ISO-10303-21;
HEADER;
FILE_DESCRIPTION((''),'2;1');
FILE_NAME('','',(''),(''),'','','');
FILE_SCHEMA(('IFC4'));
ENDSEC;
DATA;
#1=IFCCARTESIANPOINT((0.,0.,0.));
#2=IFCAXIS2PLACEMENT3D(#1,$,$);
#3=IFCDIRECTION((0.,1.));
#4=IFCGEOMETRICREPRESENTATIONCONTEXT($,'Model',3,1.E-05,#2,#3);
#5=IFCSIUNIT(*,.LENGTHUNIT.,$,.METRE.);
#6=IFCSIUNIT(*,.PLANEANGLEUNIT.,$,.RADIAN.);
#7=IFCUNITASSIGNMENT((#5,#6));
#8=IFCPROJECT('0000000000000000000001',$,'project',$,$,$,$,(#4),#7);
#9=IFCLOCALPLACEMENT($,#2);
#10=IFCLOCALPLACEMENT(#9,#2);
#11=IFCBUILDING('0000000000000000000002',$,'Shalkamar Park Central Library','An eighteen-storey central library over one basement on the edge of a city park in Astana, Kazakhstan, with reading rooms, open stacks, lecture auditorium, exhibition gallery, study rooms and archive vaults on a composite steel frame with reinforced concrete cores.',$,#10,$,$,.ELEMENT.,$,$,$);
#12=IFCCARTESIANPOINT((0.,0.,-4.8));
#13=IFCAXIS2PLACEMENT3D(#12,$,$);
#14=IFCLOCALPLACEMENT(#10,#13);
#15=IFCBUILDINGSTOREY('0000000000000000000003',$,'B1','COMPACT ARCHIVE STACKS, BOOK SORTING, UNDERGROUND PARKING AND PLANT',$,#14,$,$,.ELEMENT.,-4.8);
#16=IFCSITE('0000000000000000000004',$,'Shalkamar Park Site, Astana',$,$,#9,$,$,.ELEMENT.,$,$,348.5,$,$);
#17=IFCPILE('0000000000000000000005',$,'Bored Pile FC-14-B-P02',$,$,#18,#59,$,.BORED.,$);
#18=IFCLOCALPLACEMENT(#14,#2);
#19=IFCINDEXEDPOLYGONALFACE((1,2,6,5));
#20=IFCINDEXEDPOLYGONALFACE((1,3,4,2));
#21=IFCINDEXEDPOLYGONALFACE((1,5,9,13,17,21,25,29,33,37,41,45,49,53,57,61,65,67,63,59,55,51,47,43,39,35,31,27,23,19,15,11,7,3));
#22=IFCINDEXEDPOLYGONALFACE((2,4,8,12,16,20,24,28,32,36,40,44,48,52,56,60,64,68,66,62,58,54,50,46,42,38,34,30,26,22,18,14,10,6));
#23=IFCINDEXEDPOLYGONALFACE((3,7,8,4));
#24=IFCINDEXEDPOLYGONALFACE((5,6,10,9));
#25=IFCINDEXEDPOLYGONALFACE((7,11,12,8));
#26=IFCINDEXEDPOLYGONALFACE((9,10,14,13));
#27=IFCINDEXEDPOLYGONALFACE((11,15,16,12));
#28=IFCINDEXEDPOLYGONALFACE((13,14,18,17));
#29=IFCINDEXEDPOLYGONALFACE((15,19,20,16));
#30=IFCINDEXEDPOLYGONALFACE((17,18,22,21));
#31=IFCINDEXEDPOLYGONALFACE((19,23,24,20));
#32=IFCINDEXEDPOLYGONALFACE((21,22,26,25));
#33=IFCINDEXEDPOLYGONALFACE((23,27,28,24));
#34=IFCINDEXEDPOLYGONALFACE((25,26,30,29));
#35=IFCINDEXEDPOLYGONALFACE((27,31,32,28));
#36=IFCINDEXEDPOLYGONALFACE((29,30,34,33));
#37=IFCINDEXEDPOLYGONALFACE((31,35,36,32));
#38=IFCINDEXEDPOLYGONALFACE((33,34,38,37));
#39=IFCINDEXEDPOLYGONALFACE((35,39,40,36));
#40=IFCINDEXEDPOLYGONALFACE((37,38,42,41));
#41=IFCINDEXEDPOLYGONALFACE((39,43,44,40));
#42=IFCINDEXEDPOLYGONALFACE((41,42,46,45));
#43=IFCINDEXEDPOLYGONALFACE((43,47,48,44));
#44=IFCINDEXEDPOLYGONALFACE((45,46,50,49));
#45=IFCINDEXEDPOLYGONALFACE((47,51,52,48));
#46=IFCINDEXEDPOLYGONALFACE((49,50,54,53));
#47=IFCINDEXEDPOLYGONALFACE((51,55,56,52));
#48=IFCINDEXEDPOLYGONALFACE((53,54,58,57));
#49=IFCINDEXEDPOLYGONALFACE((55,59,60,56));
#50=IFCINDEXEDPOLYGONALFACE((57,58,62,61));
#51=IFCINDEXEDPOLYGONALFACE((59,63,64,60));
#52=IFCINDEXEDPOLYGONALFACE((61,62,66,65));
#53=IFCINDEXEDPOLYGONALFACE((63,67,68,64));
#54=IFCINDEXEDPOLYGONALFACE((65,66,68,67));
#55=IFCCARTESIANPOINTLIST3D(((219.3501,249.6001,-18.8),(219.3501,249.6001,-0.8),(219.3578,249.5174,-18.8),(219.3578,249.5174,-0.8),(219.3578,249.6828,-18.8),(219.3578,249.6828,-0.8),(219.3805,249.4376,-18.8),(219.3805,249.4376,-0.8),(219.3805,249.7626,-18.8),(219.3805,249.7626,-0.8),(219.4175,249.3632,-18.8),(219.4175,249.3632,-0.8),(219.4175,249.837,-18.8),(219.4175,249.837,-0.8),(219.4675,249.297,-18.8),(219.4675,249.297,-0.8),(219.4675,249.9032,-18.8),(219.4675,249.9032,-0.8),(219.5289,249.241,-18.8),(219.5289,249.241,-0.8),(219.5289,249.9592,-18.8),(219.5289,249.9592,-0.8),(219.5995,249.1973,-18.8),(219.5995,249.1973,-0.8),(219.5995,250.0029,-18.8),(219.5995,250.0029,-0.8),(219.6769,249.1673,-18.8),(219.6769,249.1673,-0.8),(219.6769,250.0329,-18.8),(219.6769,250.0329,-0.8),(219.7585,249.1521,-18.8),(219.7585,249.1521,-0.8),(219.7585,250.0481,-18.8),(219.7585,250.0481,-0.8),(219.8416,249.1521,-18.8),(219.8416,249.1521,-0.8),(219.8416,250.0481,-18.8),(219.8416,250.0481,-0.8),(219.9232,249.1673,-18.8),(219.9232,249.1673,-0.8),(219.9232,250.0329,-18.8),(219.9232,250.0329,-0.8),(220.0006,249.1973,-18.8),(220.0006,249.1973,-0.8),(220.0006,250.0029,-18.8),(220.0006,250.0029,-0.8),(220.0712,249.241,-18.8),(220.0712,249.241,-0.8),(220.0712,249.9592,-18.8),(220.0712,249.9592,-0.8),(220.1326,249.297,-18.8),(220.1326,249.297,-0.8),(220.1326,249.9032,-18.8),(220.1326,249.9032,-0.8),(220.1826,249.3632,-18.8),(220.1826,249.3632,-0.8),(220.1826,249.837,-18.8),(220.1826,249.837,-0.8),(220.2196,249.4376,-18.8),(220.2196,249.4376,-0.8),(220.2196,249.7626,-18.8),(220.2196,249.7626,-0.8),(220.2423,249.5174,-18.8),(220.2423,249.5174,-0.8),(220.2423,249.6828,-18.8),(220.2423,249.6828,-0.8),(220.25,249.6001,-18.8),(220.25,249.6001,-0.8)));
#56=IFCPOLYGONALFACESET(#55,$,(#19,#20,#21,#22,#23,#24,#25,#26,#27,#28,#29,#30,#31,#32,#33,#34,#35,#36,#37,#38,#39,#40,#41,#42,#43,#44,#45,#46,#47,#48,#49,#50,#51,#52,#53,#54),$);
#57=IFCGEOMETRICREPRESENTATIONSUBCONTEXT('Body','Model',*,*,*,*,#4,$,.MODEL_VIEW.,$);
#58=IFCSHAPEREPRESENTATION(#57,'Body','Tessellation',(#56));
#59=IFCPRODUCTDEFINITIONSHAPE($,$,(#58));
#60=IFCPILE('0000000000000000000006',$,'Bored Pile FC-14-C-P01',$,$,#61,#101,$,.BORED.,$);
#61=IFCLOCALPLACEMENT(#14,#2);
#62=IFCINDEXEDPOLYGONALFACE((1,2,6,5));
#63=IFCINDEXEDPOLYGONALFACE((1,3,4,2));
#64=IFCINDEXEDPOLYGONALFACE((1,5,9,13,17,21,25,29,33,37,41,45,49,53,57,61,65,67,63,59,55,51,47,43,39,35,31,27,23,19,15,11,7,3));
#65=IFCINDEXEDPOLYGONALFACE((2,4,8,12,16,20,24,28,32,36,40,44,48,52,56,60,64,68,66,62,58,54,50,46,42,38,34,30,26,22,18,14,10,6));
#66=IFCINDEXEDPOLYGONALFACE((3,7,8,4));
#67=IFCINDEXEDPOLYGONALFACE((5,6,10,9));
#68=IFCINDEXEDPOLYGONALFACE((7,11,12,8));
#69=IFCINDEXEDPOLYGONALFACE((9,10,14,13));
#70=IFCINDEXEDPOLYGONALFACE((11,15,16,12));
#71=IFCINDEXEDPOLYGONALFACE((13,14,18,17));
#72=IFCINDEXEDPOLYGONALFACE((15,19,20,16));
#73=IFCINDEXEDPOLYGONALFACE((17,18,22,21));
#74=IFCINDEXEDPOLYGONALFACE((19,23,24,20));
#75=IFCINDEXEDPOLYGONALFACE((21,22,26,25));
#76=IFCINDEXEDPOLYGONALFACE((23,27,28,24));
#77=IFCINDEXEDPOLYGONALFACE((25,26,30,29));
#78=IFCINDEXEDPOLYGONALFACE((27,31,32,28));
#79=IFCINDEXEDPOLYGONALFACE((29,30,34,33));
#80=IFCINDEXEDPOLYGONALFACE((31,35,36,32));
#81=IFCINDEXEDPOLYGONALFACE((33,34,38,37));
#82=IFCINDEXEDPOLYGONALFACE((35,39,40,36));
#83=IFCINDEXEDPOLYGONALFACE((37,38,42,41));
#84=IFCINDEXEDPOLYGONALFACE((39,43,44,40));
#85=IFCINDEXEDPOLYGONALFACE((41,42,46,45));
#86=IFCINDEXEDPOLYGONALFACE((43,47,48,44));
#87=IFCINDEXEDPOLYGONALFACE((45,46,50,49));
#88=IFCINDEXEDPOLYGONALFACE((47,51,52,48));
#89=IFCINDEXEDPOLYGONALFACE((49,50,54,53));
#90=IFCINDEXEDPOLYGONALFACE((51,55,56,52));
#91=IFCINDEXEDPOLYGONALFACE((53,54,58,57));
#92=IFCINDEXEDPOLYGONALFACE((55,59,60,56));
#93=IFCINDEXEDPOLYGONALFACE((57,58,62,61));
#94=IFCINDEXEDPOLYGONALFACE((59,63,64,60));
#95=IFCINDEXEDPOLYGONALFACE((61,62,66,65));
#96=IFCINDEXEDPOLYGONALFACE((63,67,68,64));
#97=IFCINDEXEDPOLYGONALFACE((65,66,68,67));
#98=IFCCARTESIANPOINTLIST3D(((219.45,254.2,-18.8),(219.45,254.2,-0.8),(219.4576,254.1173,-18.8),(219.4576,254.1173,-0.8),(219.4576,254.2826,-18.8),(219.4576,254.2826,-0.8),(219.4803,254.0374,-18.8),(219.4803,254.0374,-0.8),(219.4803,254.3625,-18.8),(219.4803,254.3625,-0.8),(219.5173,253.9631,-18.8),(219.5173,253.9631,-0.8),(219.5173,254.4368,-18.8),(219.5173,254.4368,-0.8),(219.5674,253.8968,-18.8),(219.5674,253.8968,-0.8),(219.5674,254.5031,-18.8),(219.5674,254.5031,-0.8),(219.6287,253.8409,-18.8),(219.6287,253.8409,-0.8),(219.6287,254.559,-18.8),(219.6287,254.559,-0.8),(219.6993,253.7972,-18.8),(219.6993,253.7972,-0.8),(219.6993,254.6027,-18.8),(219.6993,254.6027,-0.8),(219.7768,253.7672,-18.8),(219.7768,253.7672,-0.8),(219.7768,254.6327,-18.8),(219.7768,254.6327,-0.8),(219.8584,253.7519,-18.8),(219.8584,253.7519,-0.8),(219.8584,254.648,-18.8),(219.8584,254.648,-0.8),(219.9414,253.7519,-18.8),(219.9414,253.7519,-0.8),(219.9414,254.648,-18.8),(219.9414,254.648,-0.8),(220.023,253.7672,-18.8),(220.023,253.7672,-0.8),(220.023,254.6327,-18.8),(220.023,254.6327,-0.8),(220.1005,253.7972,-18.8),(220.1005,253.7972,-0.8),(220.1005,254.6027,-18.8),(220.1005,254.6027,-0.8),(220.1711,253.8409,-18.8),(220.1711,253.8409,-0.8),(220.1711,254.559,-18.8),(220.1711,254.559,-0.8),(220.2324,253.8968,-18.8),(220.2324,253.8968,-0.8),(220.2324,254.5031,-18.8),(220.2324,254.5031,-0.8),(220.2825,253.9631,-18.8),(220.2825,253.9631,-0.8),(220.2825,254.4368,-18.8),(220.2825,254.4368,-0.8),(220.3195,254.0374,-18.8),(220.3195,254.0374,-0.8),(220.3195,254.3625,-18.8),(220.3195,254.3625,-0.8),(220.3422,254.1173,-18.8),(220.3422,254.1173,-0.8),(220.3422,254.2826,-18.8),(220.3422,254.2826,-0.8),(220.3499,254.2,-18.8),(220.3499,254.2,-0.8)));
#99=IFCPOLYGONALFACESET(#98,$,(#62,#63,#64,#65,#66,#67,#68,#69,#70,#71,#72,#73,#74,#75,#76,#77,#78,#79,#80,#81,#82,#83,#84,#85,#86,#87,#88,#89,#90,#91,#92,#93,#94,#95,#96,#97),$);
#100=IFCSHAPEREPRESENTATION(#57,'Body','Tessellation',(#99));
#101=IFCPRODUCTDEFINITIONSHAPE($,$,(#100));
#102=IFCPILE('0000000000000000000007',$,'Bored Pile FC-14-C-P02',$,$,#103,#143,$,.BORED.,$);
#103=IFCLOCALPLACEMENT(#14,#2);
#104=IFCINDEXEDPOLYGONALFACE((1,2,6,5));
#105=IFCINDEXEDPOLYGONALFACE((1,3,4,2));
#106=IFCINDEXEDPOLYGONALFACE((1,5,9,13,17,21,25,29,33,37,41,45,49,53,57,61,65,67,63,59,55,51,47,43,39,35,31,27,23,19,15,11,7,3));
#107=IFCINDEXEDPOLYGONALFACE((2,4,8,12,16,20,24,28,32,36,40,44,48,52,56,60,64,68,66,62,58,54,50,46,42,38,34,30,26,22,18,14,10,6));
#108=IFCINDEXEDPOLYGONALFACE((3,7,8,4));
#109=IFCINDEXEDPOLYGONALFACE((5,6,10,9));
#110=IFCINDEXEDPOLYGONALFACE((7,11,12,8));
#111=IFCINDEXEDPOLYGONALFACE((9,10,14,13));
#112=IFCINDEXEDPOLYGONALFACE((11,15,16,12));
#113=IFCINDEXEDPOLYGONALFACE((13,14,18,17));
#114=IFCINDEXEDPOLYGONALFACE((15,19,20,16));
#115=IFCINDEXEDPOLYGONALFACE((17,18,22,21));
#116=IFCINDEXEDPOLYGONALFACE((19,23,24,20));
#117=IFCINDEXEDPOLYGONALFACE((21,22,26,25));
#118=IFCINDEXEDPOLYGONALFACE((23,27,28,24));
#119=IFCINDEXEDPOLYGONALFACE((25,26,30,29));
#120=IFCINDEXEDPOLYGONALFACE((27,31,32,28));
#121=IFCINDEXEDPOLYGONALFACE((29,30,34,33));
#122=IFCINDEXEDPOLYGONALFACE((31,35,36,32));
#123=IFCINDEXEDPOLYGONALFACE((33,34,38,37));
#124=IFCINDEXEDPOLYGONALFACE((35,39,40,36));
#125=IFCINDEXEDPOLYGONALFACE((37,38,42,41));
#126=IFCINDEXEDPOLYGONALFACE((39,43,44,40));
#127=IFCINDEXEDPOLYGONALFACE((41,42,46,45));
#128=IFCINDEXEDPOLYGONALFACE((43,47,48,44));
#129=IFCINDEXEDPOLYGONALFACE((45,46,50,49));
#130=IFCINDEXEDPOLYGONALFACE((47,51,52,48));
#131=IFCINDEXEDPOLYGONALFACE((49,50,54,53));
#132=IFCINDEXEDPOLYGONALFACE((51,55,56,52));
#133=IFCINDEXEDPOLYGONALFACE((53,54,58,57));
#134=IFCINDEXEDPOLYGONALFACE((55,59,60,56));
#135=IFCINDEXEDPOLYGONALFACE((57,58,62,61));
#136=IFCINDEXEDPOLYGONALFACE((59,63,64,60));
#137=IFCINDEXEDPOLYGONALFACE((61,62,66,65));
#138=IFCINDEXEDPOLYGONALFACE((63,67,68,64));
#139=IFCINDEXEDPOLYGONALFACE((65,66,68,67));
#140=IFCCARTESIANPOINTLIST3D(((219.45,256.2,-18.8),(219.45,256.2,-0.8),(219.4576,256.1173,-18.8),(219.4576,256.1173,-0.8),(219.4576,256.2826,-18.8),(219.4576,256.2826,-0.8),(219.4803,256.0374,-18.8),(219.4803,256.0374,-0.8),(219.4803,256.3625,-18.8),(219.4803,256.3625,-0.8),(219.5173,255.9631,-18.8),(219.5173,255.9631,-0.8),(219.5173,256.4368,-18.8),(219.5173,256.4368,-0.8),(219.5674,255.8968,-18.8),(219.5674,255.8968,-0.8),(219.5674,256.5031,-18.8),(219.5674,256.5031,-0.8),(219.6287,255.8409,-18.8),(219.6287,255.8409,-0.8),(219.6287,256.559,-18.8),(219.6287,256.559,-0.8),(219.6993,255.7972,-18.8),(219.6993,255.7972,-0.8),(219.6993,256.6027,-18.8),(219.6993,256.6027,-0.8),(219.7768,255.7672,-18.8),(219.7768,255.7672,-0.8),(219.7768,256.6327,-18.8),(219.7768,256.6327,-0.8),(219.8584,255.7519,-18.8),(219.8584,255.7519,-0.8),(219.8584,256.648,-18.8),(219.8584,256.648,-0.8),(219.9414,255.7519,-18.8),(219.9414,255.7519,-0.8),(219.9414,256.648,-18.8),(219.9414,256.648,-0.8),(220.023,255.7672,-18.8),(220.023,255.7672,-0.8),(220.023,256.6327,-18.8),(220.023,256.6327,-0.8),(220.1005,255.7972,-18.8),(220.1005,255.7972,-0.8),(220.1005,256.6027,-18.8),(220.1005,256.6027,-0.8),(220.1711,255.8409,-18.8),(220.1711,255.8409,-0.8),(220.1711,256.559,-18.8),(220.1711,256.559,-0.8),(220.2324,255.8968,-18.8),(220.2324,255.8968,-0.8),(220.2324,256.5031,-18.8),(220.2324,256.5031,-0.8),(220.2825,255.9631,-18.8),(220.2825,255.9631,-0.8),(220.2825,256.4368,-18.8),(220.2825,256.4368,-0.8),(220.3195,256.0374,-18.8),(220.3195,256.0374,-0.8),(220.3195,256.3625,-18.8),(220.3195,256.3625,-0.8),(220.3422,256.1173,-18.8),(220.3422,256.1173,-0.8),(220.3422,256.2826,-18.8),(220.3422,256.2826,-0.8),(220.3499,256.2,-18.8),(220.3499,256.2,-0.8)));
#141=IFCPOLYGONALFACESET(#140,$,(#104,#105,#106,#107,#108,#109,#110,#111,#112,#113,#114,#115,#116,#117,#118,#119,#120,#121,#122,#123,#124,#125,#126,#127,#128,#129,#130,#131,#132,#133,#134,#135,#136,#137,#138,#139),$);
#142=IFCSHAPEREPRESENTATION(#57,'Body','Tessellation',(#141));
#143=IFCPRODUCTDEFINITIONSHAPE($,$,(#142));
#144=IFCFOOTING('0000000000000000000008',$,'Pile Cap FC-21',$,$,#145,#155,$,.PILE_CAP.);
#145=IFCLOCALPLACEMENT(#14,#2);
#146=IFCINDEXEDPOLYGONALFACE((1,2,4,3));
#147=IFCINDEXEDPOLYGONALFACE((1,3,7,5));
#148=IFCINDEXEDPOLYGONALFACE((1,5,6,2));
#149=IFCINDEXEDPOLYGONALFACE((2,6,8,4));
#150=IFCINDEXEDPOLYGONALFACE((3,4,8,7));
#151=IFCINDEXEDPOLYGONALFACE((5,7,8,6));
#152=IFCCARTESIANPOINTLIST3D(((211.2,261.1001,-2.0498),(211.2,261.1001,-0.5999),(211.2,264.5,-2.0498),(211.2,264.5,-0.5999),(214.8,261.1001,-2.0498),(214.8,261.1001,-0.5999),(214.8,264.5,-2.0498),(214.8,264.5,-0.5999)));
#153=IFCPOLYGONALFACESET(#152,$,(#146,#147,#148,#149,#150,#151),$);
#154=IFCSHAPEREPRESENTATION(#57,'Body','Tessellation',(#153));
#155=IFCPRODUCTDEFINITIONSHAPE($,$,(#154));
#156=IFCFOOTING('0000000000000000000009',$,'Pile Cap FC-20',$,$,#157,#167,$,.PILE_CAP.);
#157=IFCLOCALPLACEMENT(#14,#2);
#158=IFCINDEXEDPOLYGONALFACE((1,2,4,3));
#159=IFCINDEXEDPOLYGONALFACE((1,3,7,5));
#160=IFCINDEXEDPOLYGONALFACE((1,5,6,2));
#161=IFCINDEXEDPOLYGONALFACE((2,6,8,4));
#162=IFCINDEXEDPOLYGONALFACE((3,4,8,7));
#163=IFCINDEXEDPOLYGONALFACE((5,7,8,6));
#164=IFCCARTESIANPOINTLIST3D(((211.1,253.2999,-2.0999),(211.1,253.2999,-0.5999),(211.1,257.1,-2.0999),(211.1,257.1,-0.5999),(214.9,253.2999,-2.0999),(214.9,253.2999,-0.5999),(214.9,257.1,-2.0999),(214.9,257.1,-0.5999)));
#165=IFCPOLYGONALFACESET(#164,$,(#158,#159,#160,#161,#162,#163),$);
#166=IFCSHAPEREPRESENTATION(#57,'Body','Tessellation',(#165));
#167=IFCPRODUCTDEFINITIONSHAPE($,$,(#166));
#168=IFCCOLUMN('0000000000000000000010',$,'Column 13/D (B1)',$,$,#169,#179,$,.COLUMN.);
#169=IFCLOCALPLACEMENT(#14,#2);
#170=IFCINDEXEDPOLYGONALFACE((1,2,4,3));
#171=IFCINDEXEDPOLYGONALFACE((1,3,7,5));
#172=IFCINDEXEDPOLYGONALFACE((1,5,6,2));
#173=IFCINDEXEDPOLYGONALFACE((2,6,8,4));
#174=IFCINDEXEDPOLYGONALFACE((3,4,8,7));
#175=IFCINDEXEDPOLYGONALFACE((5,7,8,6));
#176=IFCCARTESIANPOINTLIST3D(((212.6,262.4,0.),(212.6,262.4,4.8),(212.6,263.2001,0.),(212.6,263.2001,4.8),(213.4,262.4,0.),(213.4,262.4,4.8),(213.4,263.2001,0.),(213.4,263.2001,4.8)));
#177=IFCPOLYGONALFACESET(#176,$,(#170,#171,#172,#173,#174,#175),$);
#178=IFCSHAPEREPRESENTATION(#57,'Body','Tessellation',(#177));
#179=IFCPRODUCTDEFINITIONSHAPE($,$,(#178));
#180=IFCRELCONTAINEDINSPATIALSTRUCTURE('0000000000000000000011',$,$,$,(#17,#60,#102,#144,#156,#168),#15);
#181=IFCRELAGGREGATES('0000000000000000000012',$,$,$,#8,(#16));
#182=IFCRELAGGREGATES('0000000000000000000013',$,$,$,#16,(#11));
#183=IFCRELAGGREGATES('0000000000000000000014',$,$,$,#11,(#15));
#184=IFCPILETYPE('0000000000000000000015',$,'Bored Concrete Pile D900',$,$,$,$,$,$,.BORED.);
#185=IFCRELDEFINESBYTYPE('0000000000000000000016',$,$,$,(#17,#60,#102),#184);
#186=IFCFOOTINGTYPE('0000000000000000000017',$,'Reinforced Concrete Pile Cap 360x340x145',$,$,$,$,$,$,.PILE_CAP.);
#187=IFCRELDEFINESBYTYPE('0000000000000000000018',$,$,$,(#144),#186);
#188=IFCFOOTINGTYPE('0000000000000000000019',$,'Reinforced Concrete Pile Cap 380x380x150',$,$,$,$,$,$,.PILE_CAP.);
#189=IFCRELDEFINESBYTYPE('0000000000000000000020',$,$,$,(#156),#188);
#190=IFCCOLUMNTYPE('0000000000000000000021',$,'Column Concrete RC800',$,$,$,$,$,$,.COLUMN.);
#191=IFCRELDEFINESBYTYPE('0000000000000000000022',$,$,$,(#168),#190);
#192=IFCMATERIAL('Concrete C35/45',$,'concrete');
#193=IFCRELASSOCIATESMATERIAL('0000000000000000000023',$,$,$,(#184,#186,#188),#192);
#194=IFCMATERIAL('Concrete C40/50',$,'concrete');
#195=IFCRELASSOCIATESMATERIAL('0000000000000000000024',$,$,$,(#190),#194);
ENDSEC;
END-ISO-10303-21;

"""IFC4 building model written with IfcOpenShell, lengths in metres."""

from ifc_helpers import new_model, si_unit, direction, frame, origin, origin_2d, place, context, subcontext, project, spatial, rectangle, circle, extrude, material, material_profile, profile_set, type_object, element, save


model = new_model("IFC4")

# Units and contexts
model_context = context("Model", 3, precision=1e-05, world=origin(), true_north=direction((0.0, 1.0)))
body_context = subcontext(model_context, "Body", "Model", "MODEL_VIEW")
ifc_project = project(units=[si_unit("LENGTHUNIT", "METRE"), si_unit("PLANEANGLEUNIT", "RADIAN")], contexts=[model_context])

# Site, building, storey
site_placement = place(None, origin())
site = spatial("IfcSite", under=ifc_project, at=site_placement, Name="Shalkamar Park Site, Astana", CompositionType="ELEMENT", RefElevation=348.5)
building_placement = place(site_placement, origin())
building = spatial("IfcBuilding", under=site, at=building_placement, Name="Shalkamar Park Central Library", Description="An eighteen-storey central library over one basement on the edge of a city park in Astana, Kazakhstan, with reading rooms, open stacks, lecture auditorium, exhibition gallery, study rooms and archive vaults on a composite steel frame with reinforced concrete cores.", CompositionType="ELEMENT")
storey_placement = place(building_placement, frame((0.0, 0.0, -4.8)))
storey = spatial("IfcBuildingStorey", under=building, at=storey_placement, Name="B1", Description="COMPACT ARCHIVE STACKS, BOOK SORTING, UNDERGROUND PARKING AND PLANT", CompositionType="ELEMENT", Elevation=-4.8)

# Piles
ifc_material_1 = material(Name="Concrete C35/45", Category="concrete")
ifc_material_profile_1 = material_profile(ifc_material_1, circle(Radius=0.45, at=origin_2d()), Name="PILE D900")
ifc_profile_set_1 = profile_set([ifc_material_profile_1], Name="Concrete C35/45")
pile_type_1 = type_object("IfcPileType", Name="Bored Concrete Pile D900", PredefinedType="BORED", material=ifc_profile_set_1)
for number, where, z_axis, x_axis, name in (
    (1, (219.8, 249.6001, -0.8), (0.0, 0.0, -1.0), (1.0, 0.0, 0.0), "Bored Pile FC-14-B-P02"),
    (2, (219.8999, 254.2, -0.8), (0.0, 0.0, -1.0), (1.0, 0.0, 0.0), "Bored Pile FC-14-C-P01"),
    (3, (219.8999, 256.2, -0.8), (0.0, 0.0, -1.0), (1.0, 0.0, 0.0), "Bored Pile FC-14-C-P02"),
):
    element("IfcPile", number, at=place(storey_placement, frame(where, z_axis=z_axis, x_axis=x_axis)), inside=storey, type_object=pile_type_1, Name=name, PredefinedType="BORED", context=body_context, shape_type="SweptSolid", body=[
        extrude(circle(Radius=0.45, at=origin_2d()), origin(), (0.0, 0.0, 1.0), 18.0),
    ])

# Footings
footing_type_1 = type_object("IfcFootingType", Name="Reinforced Concrete Pile Cap 360x340x145", PredefinedType="PILE_CAP", material=ifc_material_1)
footing_1_placement = place(storey_placement, frame((213.0, 262.8, -2.0498), z_axis=(0.0, 0.0, 1.0), x_axis=(1.0, 0.0, 0.0)))
element("IfcFooting", 4, at=footing_1_placement, inside=storey, type_object=footing_type_1, Name="Pile Cap FC-21", PredefinedType="PILE_CAP", context=body_context, shape_type="SweptSolid", body=[
    extrude(rectangle(XDim=3.6001, YDim=3.3999, at=origin_2d()), origin(), (0.0, 0.0, 1.0), 1.45),
])
footing_type_2 = type_object("IfcFootingType", Name="Reinforced Concrete Pile Cap 380x380x150", PredefinedType="PILE_CAP", material=ifc_material_1)
footing_2_placement = place(storey_placement, frame((213.0, 255.2, -2.0999), z_axis=(0.0, 0.0, 1.0), x_axis=(1.0, 0.0, 0.0)))
element("IfcFooting", 5, at=footing_2_placement, inside=storey, type_object=footing_type_2, Name="Pile Cap FC-20", PredefinedType="PILE_CAP", context=body_context, shape_type="SweptSolid", body=[
    extrude(rectangle(XDim=3.8, YDim=3.8, at=origin_2d()), origin(), (0.0, 0.0, 1.0), 1.5),
])

# Column
ifc_material_2 = material(Name="Concrete C40/50", Category="concrete")
ifc_material_profile_2 = material_profile(ifc_material_2, rectangle(XDim=0.8, YDim=0.8, at=origin_2d()), Name="RC 800x800")
ifc_profile_set_2 = profile_set([ifc_material_profile_2], Name="Concrete C40/50")
column_type_1 = type_object("IfcColumnType", Name="Column Concrete RC800", PredefinedType="COLUMN", material=ifc_profile_set_2)
column_1_placement = place(storey_placement, frame((213.0, 262.8, 0.0), z_axis=(0.0, 0.0, 1.0), x_axis=(1.0, 0.0, 0.0)))
element("IfcColumn", 6, at=column_1_placement, inside=storey, type_object=column_type_1, Name="Column 13/D (B1)", PredefinedType="COLUMN", context=body_context, shape_type="SweptSolid", body=[
    extrude(rectangle(XDim=0.8, YDim=0.8, at=origin_2d()), origin(), (0.0, 0.0, 1.0), 4.8),
])

save(model, "model.ifc")
